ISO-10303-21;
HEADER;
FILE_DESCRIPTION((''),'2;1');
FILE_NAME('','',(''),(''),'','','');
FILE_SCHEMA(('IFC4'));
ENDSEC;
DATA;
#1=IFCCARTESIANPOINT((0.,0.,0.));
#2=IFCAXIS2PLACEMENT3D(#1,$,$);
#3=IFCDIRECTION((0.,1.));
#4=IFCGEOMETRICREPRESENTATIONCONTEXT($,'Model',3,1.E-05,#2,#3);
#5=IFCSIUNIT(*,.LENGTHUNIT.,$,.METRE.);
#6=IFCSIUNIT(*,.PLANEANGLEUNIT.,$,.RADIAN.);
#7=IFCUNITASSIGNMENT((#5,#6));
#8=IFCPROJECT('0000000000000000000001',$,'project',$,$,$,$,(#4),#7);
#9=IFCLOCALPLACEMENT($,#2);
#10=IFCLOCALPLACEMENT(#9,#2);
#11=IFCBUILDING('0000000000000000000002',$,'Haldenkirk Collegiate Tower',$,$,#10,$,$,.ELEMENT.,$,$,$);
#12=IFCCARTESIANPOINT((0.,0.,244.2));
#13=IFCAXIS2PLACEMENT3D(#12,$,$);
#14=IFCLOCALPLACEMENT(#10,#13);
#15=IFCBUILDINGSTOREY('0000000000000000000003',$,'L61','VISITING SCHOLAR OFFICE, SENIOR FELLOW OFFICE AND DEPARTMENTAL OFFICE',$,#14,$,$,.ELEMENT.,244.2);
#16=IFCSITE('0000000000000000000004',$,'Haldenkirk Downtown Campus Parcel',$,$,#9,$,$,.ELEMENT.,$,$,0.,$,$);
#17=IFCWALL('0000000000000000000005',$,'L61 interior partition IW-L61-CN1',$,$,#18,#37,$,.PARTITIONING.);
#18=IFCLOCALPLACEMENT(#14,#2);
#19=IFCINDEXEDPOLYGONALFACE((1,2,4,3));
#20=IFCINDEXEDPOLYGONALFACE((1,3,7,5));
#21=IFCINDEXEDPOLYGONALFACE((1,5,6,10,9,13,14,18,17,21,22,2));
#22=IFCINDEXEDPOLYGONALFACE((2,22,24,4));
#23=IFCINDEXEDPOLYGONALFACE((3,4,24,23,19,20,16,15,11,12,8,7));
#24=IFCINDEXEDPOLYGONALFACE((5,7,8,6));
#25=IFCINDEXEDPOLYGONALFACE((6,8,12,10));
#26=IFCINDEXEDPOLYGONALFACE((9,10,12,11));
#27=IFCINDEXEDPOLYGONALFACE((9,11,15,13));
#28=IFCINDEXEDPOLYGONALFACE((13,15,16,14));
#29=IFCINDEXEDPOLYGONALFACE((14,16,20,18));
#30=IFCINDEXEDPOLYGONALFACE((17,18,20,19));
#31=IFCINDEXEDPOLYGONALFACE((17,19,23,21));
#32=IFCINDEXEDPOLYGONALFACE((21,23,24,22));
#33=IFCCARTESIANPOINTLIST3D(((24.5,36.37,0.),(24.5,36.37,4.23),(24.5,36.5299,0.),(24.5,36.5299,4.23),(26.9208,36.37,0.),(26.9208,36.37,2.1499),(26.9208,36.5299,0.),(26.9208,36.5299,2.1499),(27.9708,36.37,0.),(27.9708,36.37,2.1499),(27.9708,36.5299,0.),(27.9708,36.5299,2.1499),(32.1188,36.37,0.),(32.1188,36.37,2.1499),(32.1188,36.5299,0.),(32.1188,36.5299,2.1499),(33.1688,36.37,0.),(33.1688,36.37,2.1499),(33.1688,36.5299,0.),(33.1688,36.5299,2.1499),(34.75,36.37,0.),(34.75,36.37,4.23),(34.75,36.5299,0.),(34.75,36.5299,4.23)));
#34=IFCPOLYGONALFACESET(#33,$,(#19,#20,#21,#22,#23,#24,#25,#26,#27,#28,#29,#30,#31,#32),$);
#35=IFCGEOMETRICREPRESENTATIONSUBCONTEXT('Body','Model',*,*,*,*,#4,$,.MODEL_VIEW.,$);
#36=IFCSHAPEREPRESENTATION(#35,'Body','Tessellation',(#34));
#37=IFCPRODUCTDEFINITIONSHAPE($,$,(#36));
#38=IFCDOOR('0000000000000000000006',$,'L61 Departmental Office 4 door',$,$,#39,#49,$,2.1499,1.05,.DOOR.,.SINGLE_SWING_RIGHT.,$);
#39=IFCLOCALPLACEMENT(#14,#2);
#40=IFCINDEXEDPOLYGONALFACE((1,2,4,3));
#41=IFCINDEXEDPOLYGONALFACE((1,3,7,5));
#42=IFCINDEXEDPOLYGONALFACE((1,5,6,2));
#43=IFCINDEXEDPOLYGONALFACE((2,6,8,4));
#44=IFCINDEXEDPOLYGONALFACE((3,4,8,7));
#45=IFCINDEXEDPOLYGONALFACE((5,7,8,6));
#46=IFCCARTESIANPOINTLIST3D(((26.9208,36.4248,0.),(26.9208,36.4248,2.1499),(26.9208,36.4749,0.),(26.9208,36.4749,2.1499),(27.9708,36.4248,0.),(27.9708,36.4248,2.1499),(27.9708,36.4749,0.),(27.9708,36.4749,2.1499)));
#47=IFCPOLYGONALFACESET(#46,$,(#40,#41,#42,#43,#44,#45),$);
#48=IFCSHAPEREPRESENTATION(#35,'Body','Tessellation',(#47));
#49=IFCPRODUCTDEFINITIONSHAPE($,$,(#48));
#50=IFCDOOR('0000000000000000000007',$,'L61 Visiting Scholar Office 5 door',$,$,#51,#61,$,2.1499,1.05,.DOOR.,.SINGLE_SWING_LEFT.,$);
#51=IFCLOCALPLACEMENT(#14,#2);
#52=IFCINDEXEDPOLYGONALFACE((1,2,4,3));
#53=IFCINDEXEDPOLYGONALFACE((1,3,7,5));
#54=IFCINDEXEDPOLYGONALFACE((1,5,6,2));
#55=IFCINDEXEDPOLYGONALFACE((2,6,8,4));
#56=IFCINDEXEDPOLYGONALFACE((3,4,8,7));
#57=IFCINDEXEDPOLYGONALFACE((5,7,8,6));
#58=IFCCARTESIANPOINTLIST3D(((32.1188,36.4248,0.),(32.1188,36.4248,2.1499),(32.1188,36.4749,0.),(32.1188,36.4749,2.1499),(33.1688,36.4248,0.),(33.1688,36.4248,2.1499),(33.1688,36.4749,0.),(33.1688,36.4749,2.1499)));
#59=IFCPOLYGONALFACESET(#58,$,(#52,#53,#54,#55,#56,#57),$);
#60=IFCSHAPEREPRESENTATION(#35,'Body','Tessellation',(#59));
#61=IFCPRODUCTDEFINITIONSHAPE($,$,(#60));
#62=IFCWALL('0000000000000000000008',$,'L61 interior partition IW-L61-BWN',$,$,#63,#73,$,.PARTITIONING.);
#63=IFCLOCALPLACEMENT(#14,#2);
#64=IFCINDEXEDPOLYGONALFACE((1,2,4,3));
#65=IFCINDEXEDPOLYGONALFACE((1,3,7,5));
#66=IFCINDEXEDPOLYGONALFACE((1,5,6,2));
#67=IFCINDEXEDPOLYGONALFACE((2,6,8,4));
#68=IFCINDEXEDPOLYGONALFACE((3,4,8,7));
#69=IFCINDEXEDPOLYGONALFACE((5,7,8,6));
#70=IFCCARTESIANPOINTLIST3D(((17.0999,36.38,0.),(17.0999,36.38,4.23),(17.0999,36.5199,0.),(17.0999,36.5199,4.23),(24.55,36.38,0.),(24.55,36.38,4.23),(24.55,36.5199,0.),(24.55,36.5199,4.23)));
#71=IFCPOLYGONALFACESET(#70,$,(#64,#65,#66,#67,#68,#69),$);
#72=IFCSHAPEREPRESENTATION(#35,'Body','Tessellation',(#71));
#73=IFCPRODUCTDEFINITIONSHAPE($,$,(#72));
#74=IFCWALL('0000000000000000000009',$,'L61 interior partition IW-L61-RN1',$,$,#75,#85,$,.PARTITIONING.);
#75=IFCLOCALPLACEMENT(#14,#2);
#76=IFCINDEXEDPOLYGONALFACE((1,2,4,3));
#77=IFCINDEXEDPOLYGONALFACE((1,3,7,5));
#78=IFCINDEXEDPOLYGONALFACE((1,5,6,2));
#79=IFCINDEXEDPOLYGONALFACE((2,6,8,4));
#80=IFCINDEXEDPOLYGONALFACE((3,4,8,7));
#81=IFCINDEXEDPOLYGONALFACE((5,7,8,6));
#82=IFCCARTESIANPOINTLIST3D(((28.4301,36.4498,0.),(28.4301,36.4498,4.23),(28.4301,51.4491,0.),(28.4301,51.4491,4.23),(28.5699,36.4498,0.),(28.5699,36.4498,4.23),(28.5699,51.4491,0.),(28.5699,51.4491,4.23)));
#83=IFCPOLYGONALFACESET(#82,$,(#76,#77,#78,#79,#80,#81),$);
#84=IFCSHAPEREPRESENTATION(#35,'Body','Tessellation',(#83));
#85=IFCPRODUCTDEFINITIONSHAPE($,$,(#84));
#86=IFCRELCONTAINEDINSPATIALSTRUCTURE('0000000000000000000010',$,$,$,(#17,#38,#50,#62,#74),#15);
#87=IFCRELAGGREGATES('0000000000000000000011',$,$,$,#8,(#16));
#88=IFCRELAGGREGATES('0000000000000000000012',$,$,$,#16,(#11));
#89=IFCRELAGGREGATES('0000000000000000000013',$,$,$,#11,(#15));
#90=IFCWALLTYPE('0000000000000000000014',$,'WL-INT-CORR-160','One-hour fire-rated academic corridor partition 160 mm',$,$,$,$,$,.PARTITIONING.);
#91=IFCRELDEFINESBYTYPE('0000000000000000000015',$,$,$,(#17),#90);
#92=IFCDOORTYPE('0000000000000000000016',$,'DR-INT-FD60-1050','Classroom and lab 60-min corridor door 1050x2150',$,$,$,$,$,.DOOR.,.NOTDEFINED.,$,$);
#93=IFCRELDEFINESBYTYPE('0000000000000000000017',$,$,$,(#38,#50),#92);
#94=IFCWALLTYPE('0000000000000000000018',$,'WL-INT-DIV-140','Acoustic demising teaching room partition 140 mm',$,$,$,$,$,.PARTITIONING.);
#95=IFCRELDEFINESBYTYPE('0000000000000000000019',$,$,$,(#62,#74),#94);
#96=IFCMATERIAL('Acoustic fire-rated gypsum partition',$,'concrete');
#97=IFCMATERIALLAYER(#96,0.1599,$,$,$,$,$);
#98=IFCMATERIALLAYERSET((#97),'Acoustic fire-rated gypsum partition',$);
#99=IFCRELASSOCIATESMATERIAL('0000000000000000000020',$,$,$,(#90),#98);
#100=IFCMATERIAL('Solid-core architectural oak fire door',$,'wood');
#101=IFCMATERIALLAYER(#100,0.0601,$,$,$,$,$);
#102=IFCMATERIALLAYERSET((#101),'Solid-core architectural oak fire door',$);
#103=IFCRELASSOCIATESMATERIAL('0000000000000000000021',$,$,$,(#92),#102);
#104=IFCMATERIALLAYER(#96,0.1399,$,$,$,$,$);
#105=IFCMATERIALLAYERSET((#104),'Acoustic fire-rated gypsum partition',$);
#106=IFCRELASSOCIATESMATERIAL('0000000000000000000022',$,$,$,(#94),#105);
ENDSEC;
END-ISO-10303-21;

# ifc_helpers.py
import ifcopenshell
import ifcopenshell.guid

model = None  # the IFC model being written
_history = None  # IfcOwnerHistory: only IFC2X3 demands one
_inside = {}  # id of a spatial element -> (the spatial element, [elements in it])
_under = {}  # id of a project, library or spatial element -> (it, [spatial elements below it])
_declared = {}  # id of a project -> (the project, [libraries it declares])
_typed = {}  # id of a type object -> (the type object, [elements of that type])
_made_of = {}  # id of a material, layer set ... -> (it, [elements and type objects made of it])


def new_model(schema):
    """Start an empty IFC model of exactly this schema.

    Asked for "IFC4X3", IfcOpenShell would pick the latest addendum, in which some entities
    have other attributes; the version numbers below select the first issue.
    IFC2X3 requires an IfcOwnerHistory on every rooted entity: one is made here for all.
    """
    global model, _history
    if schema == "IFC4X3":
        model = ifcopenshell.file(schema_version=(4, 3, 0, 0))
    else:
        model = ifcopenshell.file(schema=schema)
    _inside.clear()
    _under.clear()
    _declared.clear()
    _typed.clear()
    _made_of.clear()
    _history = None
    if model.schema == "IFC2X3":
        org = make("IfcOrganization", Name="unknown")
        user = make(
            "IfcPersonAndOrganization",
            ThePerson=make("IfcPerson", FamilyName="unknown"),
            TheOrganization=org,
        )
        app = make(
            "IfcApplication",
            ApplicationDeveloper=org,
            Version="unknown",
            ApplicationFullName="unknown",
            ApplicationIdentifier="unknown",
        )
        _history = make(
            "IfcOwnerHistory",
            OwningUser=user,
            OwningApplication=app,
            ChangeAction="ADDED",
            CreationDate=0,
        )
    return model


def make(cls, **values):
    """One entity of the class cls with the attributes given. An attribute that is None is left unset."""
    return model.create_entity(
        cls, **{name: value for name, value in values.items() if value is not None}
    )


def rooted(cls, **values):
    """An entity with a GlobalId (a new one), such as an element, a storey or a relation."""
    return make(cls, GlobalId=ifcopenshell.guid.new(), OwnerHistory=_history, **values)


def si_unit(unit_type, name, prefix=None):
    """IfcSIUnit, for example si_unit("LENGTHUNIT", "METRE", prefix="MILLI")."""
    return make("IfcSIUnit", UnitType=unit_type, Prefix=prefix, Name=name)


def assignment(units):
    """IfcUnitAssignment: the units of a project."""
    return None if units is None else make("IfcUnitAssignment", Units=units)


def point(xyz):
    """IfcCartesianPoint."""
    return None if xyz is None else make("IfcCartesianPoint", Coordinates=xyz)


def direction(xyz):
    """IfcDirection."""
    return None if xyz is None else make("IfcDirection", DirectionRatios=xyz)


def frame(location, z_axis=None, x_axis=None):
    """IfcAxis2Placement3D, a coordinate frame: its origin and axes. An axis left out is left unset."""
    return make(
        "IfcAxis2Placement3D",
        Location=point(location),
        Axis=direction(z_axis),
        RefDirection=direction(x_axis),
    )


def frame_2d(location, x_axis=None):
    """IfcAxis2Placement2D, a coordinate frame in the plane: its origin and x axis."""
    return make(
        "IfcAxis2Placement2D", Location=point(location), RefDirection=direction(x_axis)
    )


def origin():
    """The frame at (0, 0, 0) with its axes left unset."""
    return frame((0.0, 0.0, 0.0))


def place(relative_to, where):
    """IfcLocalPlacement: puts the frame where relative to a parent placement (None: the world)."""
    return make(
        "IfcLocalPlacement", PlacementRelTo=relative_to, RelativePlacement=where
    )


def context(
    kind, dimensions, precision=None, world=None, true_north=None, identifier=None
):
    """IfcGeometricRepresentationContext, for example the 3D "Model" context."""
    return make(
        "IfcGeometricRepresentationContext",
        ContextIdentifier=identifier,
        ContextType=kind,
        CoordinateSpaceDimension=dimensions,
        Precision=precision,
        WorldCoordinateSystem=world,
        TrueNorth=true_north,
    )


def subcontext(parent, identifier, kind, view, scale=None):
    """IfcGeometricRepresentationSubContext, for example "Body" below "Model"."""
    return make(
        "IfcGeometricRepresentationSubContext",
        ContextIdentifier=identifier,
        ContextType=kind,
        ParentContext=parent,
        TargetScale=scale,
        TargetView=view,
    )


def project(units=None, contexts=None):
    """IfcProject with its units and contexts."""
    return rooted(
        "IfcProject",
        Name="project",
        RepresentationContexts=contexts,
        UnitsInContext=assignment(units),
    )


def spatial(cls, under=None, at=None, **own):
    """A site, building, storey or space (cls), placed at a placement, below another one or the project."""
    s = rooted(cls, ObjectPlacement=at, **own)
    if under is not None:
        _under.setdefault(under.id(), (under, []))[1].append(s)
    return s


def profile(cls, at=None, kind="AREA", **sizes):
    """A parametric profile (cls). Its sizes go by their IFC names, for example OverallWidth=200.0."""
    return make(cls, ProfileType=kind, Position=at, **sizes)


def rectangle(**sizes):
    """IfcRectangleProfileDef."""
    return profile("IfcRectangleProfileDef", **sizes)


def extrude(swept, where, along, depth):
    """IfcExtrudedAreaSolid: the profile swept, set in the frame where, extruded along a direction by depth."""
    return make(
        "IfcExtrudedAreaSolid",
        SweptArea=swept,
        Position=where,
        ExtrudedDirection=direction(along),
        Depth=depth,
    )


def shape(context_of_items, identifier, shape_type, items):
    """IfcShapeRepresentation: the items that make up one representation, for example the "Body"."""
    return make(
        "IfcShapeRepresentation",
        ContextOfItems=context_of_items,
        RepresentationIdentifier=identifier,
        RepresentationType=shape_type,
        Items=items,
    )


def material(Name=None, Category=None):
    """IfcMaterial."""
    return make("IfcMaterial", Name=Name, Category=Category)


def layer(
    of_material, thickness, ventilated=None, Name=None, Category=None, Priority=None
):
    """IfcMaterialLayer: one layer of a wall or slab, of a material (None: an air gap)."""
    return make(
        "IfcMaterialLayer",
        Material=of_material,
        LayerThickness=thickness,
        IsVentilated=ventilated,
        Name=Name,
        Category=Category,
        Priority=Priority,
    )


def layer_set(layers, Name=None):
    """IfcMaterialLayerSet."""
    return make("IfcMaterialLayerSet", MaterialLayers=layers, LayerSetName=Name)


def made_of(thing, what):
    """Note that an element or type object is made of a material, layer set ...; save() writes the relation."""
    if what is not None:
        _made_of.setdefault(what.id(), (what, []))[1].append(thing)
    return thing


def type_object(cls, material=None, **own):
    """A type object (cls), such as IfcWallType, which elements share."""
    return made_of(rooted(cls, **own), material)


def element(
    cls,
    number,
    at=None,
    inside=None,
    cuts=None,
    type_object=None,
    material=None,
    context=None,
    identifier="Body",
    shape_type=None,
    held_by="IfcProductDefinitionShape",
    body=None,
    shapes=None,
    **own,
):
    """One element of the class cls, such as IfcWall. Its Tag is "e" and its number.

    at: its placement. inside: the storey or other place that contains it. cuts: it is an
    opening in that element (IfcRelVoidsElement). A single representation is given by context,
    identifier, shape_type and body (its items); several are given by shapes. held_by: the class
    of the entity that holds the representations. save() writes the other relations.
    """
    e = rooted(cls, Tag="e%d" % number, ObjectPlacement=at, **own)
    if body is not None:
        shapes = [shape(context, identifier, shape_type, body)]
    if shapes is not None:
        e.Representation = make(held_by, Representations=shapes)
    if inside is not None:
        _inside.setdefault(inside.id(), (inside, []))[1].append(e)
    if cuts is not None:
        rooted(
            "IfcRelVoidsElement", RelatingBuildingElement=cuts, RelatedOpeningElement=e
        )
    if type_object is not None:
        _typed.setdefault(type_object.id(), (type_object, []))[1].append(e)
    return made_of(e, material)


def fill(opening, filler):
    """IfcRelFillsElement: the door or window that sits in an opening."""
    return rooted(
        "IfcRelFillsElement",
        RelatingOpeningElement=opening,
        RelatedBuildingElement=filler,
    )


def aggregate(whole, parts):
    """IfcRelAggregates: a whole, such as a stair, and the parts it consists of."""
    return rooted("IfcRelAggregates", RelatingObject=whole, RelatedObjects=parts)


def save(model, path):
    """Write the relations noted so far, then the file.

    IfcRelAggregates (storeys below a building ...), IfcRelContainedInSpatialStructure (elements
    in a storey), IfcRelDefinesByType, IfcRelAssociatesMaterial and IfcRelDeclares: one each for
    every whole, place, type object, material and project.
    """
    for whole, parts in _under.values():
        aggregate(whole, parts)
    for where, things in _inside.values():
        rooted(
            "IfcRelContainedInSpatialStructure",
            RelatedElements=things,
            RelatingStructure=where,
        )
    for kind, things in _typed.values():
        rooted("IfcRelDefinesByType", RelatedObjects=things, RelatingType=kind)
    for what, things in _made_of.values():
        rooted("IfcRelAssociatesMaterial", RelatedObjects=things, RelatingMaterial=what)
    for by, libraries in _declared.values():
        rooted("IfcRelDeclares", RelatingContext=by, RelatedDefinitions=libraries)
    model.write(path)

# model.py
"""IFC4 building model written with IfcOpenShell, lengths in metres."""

from ifc_helpers import new_model, si_unit, direction, frame, frame_2d, origin, place, context, subcontext, project, spatial, rectangle, extrude, material, layer, layer_set, type_object, element, fill, save


model = new_model("IFC4")

# Units and contexts
model_context = context("Model", 3, precision=1e-05, world=origin(), true_north=direction((0.0, 1.0)))
body_context = subcontext(model_context, "Body", "Model", "MODEL_VIEW")
ifc_project = project(units=[si_unit("LENGTHUNIT", "METRE"), si_unit("PLANEANGLEUNIT", "RADIAN")], contexts=[model_context])

# Site, building, storey
site_placement = place(None, origin())
site = spatial("IfcSite", under=ifc_project, at=site_placement, Name="Haldenkirk Downtown Campus Parcel", CompositionType="ELEMENT", RefElevation=0.0)
building_placement = place(site_placement, origin())
building = spatial("IfcBuilding", under=site, at=building_placement, Name="Haldenkirk Collegiate Tower", CompositionType="ELEMENT")
storey_placement = place(building_placement, frame((0.0, 0.0, 244.2)))
storey = spatial("IfcBuildingStorey", under=building, at=storey_placement, Name="L61", Description="VISITING SCHOLAR OFFICE, SENIOR FELLOW OFFICE AND DEPARTMENTAL OFFICE", CompositionType="ELEMENT", Elevation=244.2)

# Wall, openings, doors
ifc_material_1 = material(Name="Acoustic fire-rated gypsum partition", Category="concrete")
ifc_layer_1 = layer(ifc_material_1, 0.1599)
ifc_layer_set_1 = layer_set([ifc_layer_1], Name="Acoustic fire-rated gypsum partition")
wall_type_1 = type_object("IfcWallType", Name="WL-INT-CORR-160", Description="One-hour fire-rated academic corridor partition 160 mm", PredefinedType="PARTITIONING", material=ifc_layer_set_1)
wall_1_placement = place(storey_placement, frame((24.5, 36.45, 0.0), z_axis=(0.0, 0.0, 1.0), x_axis=(1.0, 0.0, 0.0)))
wall_1 = element("IfcWall", 1, at=wall_1_placement, inside=storey, type_object=wall_type_1, Name="L61 interior partition IW-L61-CN1", PredefinedType="PARTITIONING", context=body_context, shape_type="SweptSolid", body=[
    extrude(rectangle(XDim=10.25, YDim=0.1599, at=frame_2d((5.125, 0.0))), origin(), (0.0, 0.0, 1.0), 4.23),
])
opening_1_placement = place(wall_1_placement, frame((2.4209, 0.0, 0.0)))
opening_1 = element("IfcOpeningElement", 2, at=opening_1_placement, cuts=wall_1, PredefinedType="OPENING", context=body_context, shape_type="SweptSolid", body=[
    extrude(rectangle(XDim=1.05, YDim=2.1499, at=frame_2d((0.5249, 1.075))), frame((0.0, 0.0898, 0.0), z_axis=(0.0, -1.0, 0.0), x_axis=(1.0, 0.0, 0.0)), (0.0, 0.0, 1.0), 0.1799),
])
opening_2_placement = place(wall_1_placement, frame((7.6189, 0.0, 0.0)))
opening_2 = element("IfcOpeningElement", 3, at=opening_2_placement, cuts=wall_1, PredefinedType="OPENING", context=body_context, shape_type="SweptSolid", body=[
    extrude(rectangle(XDim=1.05, YDim=2.1499, at=frame_2d((0.5249, 1.075))), frame((0.0, 0.0898, 0.0), z_axis=(0.0, -1.0, 0.0), x_axis=(1.0, 0.0, 0.0)), (0.0, 0.0, 1.0), 0.1799),
])
ifc_material_2 = material(Name="Solid-core architectural oak fire door", Category="wood")
ifc_layer_2 = layer(ifc_material_2, 0.0601)
ifc_layer_set_2 = layer_set([ifc_layer_2], Name="Solid-core architectural oak fire door")
door_type = type_object("IfcDoorType", Name="DR-INT-FD60-1050", Description="Classroom and lab 60-min corridor door 1050x2150", OperationType="NOTDEFINED", PredefinedType="DOOR", material=ifc_layer_set_2)
door_1_placement = place(opening_1_placement, origin())
door_1 = element("IfcDoor", 4, at=door_1_placement, inside=storey, type_object=door_type, Name="L61 Departmental Office 4 door", OperationType="SINGLE_SWING_RIGHT", OverallHeight=2.1499, OverallWidth=1.05, PredefinedType="DOOR", context=body_context, shape_type="SweptSolid", body=[
    extrude(rectangle(XDim=1.05, YDim=2.1499, at=frame_2d((0.5249, 1.075))), frame((0.0, 0.0249, 0.0), z_axis=(0.0, -1.0, 0.0), x_axis=(1.0, 0.0, 0.0)), (0.0, 0.0, 1.0), 0.05),
])
fill(opening_1, door_1)
door_2_placement = place(opening_2_placement, origin())
door_2 = element("IfcDoor", 5, at=door_2_placement, inside=storey, type_object=door_type, Name="L61 Visiting Scholar Office 5 door", OperationType="SINGLE_SWING_LEFT", OverallHeight=2.1499, OverallWidth=1.05, PredefinedType="DOOR", context=body_context, shape_type="SweptSolid", body=[
    extrude(rectangle(XDim=1.05, YDim=2.1499, at=frame_2d((0.5249, 1.075))), frame((0.0, 0.0249, 0.0), z_axis=(0.0, -1.0, 0.0), x_axis=(1.0, 0.0, 0.0)), (0.0, 0.0, 1.0), 0.05),
])
fill(opening_2, door_2)

# Walls
ifc_layer_3 = layer(ifc_material_1, 0.1399)
ifc_layer_set_3 = layer_set([ifc_layer_3], Name="Acoustic fire-rated gypsum partition")
wall_type_2 = type_object("IfcWallType", Name="WL-INT-DIV-140", Description="Acoustic demising teaching room partition 140 mm", PredefinedType="PARTITIONING", material=ifc_layer_set_3)
wall_2_placement = place(storey_placement, frame((17.0999, 36.45, 0.0), z_axis=(0.0, 0.0, 1.0), x_axis=(1.0, 0.0, 0.0)))
element("IfcWall", 6, at=wall_2_placement, inside=storey, type_object=wall_type_2, Name="L61 interior partition IW-L61-BWN", PredefinedType="PARTITIONING", context=body_context, shape_type="SweptSolid", body=[
    extrude(rectangle(XDim=7.4502, YDim=0.1399, at=frame_2d((3.7251, 0.0))), origin(), (0.0, 0.0, 1.0), 4.23),
])
wall_3_placement = place(storey_placement, frame((28.5, 36.45, 0.0), z_axis=(0.0, 0.0, 1.0), x_axis=(0.0, 1.0, 0.0)))
element("IfcWall", 7, at=wall_3_placement, inside=storey, type_object=wall_type_2, Name="L61 interior partition IW-L61-RN1", PredefinedType="PARTITIONING", context=body_context, shape_type="SweptSolid", body=[
    extrude(rectangle(XDim=14.9993, YDim=0.1399, at=frame_2d((7.4995, 0.0))), origin(), (0.0, 0.0, 1.0), 4.23),
])

save(model, "model.ifc")
